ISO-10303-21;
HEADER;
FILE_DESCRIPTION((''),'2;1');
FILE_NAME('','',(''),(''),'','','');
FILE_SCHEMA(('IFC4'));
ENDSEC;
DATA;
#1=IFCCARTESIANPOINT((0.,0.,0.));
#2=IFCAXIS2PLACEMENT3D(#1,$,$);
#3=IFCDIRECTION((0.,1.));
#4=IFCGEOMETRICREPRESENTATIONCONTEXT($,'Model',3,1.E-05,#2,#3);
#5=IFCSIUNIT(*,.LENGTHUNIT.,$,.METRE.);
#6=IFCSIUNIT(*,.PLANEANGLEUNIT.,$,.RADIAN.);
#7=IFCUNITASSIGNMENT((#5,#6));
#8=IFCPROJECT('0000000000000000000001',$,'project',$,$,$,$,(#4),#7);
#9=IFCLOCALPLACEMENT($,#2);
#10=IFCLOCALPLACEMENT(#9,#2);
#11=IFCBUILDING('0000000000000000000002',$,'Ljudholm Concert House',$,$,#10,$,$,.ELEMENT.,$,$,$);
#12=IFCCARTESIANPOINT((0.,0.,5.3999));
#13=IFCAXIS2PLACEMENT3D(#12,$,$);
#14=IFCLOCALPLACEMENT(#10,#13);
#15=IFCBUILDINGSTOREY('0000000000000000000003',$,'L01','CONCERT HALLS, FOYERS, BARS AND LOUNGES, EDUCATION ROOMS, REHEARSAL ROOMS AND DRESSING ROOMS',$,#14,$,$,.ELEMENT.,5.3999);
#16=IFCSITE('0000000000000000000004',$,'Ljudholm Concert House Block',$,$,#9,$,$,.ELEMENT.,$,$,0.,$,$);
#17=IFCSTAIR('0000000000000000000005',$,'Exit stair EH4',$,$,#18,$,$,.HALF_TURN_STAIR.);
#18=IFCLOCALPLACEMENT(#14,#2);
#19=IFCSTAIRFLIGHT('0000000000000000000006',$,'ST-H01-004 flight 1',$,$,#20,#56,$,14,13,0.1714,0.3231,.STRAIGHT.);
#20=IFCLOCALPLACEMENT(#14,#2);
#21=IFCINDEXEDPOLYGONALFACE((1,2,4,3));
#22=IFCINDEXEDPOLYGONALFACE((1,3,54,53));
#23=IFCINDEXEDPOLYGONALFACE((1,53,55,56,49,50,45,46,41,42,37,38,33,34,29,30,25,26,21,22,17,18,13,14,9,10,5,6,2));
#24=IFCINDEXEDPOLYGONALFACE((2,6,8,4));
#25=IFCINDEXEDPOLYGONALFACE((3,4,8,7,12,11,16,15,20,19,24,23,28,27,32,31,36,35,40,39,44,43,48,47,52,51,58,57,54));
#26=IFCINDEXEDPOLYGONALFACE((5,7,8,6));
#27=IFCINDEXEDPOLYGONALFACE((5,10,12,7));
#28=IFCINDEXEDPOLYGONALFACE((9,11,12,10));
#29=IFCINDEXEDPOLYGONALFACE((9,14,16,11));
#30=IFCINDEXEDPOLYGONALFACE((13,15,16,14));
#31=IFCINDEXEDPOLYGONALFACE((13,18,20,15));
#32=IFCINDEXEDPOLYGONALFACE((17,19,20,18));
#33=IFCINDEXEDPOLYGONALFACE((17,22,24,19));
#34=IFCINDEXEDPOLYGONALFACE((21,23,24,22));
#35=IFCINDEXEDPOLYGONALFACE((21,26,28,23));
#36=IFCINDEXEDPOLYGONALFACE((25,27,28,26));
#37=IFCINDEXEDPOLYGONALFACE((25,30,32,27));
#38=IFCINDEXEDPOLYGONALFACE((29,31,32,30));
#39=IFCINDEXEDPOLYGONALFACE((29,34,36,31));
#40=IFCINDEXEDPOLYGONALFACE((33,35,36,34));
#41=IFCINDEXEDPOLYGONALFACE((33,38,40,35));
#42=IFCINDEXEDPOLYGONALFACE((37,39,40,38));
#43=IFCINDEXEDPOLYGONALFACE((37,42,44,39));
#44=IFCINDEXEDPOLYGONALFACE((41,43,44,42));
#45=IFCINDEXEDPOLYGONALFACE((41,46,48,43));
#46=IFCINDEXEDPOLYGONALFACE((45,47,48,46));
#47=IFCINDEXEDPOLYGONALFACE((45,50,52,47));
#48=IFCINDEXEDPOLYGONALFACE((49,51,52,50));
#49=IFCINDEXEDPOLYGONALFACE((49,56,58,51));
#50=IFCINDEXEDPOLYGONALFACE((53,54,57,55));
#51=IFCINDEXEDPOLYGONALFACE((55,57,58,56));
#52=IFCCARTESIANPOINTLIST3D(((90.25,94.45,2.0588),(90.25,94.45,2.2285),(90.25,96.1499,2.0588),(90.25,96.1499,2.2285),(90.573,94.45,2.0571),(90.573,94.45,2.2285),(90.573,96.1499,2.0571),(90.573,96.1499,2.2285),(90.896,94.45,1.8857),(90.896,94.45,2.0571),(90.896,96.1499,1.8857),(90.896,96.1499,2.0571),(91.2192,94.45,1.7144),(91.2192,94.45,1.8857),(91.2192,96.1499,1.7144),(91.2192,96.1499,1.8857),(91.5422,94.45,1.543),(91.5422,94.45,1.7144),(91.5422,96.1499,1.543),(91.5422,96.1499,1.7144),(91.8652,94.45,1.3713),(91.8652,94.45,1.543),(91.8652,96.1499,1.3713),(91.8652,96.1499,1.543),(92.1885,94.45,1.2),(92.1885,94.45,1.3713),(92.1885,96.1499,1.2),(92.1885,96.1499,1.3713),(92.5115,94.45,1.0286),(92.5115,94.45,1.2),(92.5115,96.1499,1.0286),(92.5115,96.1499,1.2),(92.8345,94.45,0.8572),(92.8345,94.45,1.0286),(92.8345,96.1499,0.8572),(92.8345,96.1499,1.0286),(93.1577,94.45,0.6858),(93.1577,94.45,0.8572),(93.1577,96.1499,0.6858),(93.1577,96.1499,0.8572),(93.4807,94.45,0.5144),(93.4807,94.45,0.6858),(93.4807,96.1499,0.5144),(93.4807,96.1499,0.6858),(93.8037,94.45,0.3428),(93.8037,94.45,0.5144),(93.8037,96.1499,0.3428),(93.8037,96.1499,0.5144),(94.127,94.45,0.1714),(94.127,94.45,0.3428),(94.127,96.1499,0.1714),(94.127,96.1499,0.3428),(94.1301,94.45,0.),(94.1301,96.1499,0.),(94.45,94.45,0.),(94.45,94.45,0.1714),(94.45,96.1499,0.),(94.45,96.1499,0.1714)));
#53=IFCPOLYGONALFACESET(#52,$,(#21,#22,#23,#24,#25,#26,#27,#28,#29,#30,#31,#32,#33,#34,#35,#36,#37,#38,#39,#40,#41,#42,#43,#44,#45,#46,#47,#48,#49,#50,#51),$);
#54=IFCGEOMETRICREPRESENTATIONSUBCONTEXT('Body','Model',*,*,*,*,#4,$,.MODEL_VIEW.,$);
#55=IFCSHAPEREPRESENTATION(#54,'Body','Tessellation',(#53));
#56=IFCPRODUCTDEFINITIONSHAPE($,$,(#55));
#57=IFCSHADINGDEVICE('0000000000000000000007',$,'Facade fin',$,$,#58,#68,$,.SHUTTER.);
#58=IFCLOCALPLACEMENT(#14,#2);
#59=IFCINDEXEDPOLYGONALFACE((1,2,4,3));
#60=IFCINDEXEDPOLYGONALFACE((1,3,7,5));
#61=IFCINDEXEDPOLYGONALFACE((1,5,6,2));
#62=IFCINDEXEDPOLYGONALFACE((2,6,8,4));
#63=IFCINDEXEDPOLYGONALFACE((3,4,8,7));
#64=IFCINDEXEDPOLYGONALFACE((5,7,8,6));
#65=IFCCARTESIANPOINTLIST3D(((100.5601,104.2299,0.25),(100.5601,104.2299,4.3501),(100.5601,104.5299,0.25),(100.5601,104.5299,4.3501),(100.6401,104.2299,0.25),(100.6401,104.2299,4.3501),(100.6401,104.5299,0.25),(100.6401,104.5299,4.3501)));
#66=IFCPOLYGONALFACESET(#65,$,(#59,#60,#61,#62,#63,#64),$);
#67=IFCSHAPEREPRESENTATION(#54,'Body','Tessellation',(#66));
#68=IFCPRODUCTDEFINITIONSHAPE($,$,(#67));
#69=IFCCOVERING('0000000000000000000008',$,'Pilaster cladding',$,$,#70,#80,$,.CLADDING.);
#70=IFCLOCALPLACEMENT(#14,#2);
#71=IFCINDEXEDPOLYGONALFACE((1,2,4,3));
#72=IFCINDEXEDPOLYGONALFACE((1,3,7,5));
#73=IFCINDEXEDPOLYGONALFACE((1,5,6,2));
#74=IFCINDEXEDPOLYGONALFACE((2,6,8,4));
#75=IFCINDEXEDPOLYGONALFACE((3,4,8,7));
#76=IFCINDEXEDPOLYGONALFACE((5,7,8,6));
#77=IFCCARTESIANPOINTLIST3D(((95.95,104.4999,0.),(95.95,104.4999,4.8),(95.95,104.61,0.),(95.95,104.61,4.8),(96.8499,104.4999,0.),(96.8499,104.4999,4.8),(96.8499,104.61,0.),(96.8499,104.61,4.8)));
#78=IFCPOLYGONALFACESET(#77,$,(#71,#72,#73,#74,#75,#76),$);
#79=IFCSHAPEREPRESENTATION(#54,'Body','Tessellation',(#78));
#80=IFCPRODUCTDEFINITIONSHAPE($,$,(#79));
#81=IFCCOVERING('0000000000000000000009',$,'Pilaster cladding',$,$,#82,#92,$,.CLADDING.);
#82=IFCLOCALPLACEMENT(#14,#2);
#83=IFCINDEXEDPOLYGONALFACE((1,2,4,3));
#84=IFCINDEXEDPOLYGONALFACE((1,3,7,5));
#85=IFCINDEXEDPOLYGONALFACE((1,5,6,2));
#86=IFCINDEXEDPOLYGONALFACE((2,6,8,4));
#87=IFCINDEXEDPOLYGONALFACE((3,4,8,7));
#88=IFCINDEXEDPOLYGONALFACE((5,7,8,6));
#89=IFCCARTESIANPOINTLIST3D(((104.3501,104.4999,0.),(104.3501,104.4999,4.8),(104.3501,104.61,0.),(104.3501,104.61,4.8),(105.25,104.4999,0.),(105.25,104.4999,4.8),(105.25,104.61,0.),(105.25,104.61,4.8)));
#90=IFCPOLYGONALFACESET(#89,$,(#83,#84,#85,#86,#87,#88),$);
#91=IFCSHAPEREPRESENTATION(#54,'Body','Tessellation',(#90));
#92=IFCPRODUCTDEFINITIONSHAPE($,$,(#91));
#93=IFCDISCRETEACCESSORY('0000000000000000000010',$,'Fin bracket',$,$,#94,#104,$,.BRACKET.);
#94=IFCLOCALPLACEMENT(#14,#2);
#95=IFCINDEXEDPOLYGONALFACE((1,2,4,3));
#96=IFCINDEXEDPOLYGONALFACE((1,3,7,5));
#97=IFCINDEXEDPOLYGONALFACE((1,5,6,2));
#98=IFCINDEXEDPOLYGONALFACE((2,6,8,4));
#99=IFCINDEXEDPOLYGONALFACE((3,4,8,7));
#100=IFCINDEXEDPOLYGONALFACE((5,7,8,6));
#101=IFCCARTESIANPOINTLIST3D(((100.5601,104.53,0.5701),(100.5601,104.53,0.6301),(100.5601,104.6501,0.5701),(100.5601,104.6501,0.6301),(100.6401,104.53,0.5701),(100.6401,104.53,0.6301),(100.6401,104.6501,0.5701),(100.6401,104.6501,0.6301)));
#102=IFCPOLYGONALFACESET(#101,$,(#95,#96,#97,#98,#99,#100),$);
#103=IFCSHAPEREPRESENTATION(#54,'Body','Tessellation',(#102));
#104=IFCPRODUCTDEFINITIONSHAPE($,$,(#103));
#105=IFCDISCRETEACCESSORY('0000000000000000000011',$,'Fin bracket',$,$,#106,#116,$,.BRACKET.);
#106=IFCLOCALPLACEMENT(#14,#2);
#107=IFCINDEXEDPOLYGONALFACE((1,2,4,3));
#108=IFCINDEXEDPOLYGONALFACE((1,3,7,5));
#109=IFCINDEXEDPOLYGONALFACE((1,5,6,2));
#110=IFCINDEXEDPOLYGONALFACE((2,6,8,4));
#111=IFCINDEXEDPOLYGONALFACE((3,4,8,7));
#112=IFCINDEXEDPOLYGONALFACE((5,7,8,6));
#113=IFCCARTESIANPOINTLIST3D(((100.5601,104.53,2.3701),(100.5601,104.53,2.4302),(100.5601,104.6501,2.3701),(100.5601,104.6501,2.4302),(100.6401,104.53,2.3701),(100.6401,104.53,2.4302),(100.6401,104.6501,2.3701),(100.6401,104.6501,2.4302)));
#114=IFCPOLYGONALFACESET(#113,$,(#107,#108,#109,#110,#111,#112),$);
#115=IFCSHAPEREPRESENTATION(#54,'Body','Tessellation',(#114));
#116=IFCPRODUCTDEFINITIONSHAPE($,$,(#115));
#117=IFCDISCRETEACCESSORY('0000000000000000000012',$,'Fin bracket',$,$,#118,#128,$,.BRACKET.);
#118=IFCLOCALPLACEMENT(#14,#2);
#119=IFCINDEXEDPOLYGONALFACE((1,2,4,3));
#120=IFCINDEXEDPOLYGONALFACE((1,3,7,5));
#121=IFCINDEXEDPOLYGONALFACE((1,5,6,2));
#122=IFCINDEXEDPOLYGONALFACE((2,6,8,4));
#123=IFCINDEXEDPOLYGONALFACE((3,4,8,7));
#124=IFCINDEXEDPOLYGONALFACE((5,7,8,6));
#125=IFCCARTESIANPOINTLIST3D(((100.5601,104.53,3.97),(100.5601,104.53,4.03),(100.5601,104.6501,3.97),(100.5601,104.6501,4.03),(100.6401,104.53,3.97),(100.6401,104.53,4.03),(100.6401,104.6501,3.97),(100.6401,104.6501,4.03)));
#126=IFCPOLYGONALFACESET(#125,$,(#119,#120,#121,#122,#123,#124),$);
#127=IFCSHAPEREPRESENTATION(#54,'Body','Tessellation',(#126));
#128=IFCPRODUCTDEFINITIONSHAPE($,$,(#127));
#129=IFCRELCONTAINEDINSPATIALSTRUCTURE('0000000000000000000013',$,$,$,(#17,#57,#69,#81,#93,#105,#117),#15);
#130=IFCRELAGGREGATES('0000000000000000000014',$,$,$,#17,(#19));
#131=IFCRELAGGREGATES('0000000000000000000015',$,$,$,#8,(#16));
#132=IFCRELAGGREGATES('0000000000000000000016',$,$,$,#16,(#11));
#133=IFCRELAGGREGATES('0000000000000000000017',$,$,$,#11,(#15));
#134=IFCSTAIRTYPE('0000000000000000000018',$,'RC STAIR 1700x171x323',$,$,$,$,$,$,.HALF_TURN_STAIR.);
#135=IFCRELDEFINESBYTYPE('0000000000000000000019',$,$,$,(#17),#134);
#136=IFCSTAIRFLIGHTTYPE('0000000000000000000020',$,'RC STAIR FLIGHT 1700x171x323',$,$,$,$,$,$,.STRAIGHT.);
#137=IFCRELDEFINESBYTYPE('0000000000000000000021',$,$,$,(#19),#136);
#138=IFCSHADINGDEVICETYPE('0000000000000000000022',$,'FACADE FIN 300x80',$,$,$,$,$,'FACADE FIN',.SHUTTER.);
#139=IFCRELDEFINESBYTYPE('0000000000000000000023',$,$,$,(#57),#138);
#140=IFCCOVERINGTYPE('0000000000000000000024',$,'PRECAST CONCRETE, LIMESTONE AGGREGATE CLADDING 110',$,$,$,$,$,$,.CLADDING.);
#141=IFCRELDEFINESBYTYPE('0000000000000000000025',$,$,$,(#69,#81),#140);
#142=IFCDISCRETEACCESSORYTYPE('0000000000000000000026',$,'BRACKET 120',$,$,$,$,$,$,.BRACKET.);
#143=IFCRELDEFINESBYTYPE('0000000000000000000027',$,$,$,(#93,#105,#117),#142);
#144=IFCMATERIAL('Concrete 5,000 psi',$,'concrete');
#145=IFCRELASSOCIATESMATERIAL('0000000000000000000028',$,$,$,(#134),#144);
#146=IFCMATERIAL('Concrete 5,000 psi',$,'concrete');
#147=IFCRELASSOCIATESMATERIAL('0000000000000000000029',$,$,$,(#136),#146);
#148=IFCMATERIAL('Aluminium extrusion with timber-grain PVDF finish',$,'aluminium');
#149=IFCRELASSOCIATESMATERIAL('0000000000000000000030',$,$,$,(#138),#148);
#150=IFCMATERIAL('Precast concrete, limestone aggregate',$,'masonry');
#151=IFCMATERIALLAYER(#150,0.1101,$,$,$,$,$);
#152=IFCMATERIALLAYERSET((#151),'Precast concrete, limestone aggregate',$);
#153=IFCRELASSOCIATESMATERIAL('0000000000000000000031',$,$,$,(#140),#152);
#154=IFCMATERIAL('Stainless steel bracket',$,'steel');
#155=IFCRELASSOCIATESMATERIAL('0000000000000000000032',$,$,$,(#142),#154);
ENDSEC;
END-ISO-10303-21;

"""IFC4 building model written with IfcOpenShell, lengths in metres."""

from ifc_helpers import new_model, si_unit, direction, frame, origin, origin_2d, place, context, subcontext, project, spatial, polyline, rectangle, outline, extrude, material, layer, layer_set, type_object, element, aggregate, save


model = new_model("IFC4")

# Units and contexts
model_context = context("Model", 3, precision=1e-05, world=origin(), true_north=direction((0.0, 1.0)))
body_context = subcontext(model_context, "Body", "Model", "MODEL_VIEW")
ifc_project = project(units=[si_unit("LENGTHUNIT", "METRE"), si_unit("PLANEANGLEUNIT", "RADIAN")], contexts=[model_context])

# Site, building, storey
site_placement = place(None, origin())
site = spatial("IfcSite", under=ifc_project, at=site_placement, Name="Ljudholm Concert House Block", CompositionType="ELEMENT", RefElevation=0.0)
building_placement = place(site_placement, origin())
building = spatial("IfcBuilding", under=site, at=building_placement, Name="Ljudholm Concert House", CompositionType="ELEMENT")
storey_placement = place(building_placement, frame((0.0, 0.0, 5.3999)))
storey = spatial("IfcBuildingStorey", under=building, at=storey_placement, Name="L01", Description="CONCERT HALLS, FOYERS, BARS AND LOUNGES, EDUCATION ROOMS, REHEARSAL ROOMS AND DRESSING ROOMS", CompositionType="ELEMENT", Elevation=5.3999)

# Stair, stair flight
ifc_material_1 = material(Name="Concrete 5,000 psi", Category="concrete")
stair_type = type_object("IfcStairType", Name="RC STAIR 1700x171x323", PredefinedType="HALF_TURN_STAIR", material=ifc_material_1)
stair_placement = place(storey_placement, origin())
stair = element("IfcStair", 1, at=stair_placement, inside=storey, type_object=stair_type, Name="Exit stair EH4", PredefinedType="HALF_TURN_STAIR")
ifc_material_2 = material(Name="Concrete 5,000 psi", Category="concrete")
stair_flight_type = type_object("IfcStairFlightType", Name="RC STAIR FLIGHT 1700x171x323", PredefinedType="STRAIGHT", material=ifc_material_2)
stair_flight_placement = place(storey_placement, frame((94.45, 95.3, 0.0), z_axis=(0.0, 0.0, 1.0), x_axis=(-1.0, 0.0, 0.0)))
stair_flight = element("IfcStairFlight", 2, at=stair_flight_placement, type_object=stair_flight_type, Name="ST-H01-004 flight 1", NumberOfRisers=14, NumberOfTreads=13, PredefinedType="STRAIGHT", RiserHeight=0.1714, TreadLength=0.3231, context=body_context, shape_type="SweptSolid", body=[
    extrude(outline(polyline([(0.0, 0.0), (0.0, 0.1714), (0.323, 0.1714), (0.323, 0.3428), (0.6462, 0.3428), (0.6462, 0.5144), (0.9692, 0.5144), (0.9692, 0.6858), (1.2922, 0.6858), (1.2922, 0.8572), (1.6155, 0.8572), (1.6155, 1.0286), (1.9385, 1.0286), (1.9385, 1.2), (2.2615, 1.2), (2.2615, 1.3713), (2.5847, 1.3713), (2.5847, 1.543), (2.9077, 1.543), (2.9077, 1.7144), (3.2307, 1.7144), (3.2307, 1.8857), (3.554, 1.8857), (3.554, 2.0571), (3.877, 2.0571), (3.877, 2.2285), (4.2, 2.2285), (4.2, 2.3999), (4.2, 2.0588), (0.3198, 0.0), (0.0, 0.0)])), frame((0.0, 0.8501, 0.0), z_axis=(0.0, -1.0, 0.0), x_axis=(1.0, 0.0, 0.0)), (0.0, 0.0, 1.0), 1.7),
])
aggregate(stair, [stair_flight])

# Shading device
ifc_material_3 = material(Name="Aluminium extrusion with timber-grain PVDF finish", Category="aluminium")
shading_device_type = type_object("IfcShadingDeviceType", Name="FACADE FIN 300x80", ElementType="FACADE FIN", PredefinedType="SHUTTER", material=ifc_material_3)
shading_device_placement = place(storey_placement, frame((100.6001, 104.3799, 0.25), z_axis=(0.0, 0.0, 1.0), x_axis=(0.0, -1.0, 0.0)))
element("IfcShadingDevice", 3, at=shading_device_placement, inside=storey, type_object=shading_device_type, Name="Facade fin", PredefinedType="SHUTTER", context=body_context, shape_type="SweptSolid", body=[
    extrude(rectangle(XDim=0.3, YDim=0.0801, at=origin_2d()), origin(), (0.0, 0.0, 1.0), 4.1001),
])

# Coverings
ifc_material_4 = material(Name="Precast concrete, limestone aggregate", Category="masonry")
ifc_layer_1 = layer(ifc_material_4, 0.1101)
ifc_layer_set_1 = layer_set([ifc_layer_1], Name="Precast concrete, limestone aggregate")
covering_type = type_object("IfcCoveringType", Name="PRECAST CONCRETE, LIMESTONE AGGREGATE CLADDING 110", PredefinedType="CLADDING", material=ifc_layer_set_1)
for number, where, z_axis, x_axis, name in (
    (4, (96.3999, 104.5549, 0.0), (0.0, 0.0, 1.0), (0.0, -1.0, 0.0), "Pilaster cladding"),
    (5, (104.8, 104.5549, 0.0), (0.0, 0.0, 1.0), (0.0, -1.0, 0.0), "Pilaster cladding"),
):
    element("IfcCovering", number, at=place(storey_placement, frame(where, z_axis=z_axis, x_axis=x_axis)), inside=storey, type_object=covering_type, Name=name, PredefinedType="CLADDING", context=body_context, shape_type="SweptSolid", body=[
        extrude(rectangle(XDim=0.1101, YDim=0.8999, at=origin_2d()), origin(), (0.0, 0.0, 1.0), 4.8),
    ])

# Discrete accessories
ifc_material_5 = material(Name="Stainless steel bracket", Category="steel")
discrete_accessory_type = type_object("IfcDiscreteAccessoryType", Name="BRACKET 120", PredefinedType="BRACKET", material=ifc_material_5)
for number, where, z_axis, x_axis, name in (
    (6, (100.6001, 104.5901, 0.5701), (0.0, 0.0, 1.0), (0.0, -1.0, 0.0), "Fin bracket"),
    (7, (100.6001, 104.5901, 2.3701), (0.0, 0.0, 1.0), (0.0, -1.0, 0.0), "Fin bracket"),
    (8, (100.6001, 104.5901, 3.97), (0.0, 0.0, 1.0), (0.0, -1.0, 0.0), "Fin bracket"),
):
    element("IfcDiscreteAccessory", number, at=place(storey_placement, frame(where, z_axis=z_axis, x_axis=x_axis)), inside=storey, type_object=discrete_accessory_type, Name=name, PredefinedType="BRACKET", context=body_context, shape_type="SweptSolid", body=[
        extrude(rectangle(XDim=0.1201, YDim=0.0801, at=origin_2d()), origin(), (0.0, 0.0, 1.0), 0.0601),
    ])

save(model, "model.ifc")
